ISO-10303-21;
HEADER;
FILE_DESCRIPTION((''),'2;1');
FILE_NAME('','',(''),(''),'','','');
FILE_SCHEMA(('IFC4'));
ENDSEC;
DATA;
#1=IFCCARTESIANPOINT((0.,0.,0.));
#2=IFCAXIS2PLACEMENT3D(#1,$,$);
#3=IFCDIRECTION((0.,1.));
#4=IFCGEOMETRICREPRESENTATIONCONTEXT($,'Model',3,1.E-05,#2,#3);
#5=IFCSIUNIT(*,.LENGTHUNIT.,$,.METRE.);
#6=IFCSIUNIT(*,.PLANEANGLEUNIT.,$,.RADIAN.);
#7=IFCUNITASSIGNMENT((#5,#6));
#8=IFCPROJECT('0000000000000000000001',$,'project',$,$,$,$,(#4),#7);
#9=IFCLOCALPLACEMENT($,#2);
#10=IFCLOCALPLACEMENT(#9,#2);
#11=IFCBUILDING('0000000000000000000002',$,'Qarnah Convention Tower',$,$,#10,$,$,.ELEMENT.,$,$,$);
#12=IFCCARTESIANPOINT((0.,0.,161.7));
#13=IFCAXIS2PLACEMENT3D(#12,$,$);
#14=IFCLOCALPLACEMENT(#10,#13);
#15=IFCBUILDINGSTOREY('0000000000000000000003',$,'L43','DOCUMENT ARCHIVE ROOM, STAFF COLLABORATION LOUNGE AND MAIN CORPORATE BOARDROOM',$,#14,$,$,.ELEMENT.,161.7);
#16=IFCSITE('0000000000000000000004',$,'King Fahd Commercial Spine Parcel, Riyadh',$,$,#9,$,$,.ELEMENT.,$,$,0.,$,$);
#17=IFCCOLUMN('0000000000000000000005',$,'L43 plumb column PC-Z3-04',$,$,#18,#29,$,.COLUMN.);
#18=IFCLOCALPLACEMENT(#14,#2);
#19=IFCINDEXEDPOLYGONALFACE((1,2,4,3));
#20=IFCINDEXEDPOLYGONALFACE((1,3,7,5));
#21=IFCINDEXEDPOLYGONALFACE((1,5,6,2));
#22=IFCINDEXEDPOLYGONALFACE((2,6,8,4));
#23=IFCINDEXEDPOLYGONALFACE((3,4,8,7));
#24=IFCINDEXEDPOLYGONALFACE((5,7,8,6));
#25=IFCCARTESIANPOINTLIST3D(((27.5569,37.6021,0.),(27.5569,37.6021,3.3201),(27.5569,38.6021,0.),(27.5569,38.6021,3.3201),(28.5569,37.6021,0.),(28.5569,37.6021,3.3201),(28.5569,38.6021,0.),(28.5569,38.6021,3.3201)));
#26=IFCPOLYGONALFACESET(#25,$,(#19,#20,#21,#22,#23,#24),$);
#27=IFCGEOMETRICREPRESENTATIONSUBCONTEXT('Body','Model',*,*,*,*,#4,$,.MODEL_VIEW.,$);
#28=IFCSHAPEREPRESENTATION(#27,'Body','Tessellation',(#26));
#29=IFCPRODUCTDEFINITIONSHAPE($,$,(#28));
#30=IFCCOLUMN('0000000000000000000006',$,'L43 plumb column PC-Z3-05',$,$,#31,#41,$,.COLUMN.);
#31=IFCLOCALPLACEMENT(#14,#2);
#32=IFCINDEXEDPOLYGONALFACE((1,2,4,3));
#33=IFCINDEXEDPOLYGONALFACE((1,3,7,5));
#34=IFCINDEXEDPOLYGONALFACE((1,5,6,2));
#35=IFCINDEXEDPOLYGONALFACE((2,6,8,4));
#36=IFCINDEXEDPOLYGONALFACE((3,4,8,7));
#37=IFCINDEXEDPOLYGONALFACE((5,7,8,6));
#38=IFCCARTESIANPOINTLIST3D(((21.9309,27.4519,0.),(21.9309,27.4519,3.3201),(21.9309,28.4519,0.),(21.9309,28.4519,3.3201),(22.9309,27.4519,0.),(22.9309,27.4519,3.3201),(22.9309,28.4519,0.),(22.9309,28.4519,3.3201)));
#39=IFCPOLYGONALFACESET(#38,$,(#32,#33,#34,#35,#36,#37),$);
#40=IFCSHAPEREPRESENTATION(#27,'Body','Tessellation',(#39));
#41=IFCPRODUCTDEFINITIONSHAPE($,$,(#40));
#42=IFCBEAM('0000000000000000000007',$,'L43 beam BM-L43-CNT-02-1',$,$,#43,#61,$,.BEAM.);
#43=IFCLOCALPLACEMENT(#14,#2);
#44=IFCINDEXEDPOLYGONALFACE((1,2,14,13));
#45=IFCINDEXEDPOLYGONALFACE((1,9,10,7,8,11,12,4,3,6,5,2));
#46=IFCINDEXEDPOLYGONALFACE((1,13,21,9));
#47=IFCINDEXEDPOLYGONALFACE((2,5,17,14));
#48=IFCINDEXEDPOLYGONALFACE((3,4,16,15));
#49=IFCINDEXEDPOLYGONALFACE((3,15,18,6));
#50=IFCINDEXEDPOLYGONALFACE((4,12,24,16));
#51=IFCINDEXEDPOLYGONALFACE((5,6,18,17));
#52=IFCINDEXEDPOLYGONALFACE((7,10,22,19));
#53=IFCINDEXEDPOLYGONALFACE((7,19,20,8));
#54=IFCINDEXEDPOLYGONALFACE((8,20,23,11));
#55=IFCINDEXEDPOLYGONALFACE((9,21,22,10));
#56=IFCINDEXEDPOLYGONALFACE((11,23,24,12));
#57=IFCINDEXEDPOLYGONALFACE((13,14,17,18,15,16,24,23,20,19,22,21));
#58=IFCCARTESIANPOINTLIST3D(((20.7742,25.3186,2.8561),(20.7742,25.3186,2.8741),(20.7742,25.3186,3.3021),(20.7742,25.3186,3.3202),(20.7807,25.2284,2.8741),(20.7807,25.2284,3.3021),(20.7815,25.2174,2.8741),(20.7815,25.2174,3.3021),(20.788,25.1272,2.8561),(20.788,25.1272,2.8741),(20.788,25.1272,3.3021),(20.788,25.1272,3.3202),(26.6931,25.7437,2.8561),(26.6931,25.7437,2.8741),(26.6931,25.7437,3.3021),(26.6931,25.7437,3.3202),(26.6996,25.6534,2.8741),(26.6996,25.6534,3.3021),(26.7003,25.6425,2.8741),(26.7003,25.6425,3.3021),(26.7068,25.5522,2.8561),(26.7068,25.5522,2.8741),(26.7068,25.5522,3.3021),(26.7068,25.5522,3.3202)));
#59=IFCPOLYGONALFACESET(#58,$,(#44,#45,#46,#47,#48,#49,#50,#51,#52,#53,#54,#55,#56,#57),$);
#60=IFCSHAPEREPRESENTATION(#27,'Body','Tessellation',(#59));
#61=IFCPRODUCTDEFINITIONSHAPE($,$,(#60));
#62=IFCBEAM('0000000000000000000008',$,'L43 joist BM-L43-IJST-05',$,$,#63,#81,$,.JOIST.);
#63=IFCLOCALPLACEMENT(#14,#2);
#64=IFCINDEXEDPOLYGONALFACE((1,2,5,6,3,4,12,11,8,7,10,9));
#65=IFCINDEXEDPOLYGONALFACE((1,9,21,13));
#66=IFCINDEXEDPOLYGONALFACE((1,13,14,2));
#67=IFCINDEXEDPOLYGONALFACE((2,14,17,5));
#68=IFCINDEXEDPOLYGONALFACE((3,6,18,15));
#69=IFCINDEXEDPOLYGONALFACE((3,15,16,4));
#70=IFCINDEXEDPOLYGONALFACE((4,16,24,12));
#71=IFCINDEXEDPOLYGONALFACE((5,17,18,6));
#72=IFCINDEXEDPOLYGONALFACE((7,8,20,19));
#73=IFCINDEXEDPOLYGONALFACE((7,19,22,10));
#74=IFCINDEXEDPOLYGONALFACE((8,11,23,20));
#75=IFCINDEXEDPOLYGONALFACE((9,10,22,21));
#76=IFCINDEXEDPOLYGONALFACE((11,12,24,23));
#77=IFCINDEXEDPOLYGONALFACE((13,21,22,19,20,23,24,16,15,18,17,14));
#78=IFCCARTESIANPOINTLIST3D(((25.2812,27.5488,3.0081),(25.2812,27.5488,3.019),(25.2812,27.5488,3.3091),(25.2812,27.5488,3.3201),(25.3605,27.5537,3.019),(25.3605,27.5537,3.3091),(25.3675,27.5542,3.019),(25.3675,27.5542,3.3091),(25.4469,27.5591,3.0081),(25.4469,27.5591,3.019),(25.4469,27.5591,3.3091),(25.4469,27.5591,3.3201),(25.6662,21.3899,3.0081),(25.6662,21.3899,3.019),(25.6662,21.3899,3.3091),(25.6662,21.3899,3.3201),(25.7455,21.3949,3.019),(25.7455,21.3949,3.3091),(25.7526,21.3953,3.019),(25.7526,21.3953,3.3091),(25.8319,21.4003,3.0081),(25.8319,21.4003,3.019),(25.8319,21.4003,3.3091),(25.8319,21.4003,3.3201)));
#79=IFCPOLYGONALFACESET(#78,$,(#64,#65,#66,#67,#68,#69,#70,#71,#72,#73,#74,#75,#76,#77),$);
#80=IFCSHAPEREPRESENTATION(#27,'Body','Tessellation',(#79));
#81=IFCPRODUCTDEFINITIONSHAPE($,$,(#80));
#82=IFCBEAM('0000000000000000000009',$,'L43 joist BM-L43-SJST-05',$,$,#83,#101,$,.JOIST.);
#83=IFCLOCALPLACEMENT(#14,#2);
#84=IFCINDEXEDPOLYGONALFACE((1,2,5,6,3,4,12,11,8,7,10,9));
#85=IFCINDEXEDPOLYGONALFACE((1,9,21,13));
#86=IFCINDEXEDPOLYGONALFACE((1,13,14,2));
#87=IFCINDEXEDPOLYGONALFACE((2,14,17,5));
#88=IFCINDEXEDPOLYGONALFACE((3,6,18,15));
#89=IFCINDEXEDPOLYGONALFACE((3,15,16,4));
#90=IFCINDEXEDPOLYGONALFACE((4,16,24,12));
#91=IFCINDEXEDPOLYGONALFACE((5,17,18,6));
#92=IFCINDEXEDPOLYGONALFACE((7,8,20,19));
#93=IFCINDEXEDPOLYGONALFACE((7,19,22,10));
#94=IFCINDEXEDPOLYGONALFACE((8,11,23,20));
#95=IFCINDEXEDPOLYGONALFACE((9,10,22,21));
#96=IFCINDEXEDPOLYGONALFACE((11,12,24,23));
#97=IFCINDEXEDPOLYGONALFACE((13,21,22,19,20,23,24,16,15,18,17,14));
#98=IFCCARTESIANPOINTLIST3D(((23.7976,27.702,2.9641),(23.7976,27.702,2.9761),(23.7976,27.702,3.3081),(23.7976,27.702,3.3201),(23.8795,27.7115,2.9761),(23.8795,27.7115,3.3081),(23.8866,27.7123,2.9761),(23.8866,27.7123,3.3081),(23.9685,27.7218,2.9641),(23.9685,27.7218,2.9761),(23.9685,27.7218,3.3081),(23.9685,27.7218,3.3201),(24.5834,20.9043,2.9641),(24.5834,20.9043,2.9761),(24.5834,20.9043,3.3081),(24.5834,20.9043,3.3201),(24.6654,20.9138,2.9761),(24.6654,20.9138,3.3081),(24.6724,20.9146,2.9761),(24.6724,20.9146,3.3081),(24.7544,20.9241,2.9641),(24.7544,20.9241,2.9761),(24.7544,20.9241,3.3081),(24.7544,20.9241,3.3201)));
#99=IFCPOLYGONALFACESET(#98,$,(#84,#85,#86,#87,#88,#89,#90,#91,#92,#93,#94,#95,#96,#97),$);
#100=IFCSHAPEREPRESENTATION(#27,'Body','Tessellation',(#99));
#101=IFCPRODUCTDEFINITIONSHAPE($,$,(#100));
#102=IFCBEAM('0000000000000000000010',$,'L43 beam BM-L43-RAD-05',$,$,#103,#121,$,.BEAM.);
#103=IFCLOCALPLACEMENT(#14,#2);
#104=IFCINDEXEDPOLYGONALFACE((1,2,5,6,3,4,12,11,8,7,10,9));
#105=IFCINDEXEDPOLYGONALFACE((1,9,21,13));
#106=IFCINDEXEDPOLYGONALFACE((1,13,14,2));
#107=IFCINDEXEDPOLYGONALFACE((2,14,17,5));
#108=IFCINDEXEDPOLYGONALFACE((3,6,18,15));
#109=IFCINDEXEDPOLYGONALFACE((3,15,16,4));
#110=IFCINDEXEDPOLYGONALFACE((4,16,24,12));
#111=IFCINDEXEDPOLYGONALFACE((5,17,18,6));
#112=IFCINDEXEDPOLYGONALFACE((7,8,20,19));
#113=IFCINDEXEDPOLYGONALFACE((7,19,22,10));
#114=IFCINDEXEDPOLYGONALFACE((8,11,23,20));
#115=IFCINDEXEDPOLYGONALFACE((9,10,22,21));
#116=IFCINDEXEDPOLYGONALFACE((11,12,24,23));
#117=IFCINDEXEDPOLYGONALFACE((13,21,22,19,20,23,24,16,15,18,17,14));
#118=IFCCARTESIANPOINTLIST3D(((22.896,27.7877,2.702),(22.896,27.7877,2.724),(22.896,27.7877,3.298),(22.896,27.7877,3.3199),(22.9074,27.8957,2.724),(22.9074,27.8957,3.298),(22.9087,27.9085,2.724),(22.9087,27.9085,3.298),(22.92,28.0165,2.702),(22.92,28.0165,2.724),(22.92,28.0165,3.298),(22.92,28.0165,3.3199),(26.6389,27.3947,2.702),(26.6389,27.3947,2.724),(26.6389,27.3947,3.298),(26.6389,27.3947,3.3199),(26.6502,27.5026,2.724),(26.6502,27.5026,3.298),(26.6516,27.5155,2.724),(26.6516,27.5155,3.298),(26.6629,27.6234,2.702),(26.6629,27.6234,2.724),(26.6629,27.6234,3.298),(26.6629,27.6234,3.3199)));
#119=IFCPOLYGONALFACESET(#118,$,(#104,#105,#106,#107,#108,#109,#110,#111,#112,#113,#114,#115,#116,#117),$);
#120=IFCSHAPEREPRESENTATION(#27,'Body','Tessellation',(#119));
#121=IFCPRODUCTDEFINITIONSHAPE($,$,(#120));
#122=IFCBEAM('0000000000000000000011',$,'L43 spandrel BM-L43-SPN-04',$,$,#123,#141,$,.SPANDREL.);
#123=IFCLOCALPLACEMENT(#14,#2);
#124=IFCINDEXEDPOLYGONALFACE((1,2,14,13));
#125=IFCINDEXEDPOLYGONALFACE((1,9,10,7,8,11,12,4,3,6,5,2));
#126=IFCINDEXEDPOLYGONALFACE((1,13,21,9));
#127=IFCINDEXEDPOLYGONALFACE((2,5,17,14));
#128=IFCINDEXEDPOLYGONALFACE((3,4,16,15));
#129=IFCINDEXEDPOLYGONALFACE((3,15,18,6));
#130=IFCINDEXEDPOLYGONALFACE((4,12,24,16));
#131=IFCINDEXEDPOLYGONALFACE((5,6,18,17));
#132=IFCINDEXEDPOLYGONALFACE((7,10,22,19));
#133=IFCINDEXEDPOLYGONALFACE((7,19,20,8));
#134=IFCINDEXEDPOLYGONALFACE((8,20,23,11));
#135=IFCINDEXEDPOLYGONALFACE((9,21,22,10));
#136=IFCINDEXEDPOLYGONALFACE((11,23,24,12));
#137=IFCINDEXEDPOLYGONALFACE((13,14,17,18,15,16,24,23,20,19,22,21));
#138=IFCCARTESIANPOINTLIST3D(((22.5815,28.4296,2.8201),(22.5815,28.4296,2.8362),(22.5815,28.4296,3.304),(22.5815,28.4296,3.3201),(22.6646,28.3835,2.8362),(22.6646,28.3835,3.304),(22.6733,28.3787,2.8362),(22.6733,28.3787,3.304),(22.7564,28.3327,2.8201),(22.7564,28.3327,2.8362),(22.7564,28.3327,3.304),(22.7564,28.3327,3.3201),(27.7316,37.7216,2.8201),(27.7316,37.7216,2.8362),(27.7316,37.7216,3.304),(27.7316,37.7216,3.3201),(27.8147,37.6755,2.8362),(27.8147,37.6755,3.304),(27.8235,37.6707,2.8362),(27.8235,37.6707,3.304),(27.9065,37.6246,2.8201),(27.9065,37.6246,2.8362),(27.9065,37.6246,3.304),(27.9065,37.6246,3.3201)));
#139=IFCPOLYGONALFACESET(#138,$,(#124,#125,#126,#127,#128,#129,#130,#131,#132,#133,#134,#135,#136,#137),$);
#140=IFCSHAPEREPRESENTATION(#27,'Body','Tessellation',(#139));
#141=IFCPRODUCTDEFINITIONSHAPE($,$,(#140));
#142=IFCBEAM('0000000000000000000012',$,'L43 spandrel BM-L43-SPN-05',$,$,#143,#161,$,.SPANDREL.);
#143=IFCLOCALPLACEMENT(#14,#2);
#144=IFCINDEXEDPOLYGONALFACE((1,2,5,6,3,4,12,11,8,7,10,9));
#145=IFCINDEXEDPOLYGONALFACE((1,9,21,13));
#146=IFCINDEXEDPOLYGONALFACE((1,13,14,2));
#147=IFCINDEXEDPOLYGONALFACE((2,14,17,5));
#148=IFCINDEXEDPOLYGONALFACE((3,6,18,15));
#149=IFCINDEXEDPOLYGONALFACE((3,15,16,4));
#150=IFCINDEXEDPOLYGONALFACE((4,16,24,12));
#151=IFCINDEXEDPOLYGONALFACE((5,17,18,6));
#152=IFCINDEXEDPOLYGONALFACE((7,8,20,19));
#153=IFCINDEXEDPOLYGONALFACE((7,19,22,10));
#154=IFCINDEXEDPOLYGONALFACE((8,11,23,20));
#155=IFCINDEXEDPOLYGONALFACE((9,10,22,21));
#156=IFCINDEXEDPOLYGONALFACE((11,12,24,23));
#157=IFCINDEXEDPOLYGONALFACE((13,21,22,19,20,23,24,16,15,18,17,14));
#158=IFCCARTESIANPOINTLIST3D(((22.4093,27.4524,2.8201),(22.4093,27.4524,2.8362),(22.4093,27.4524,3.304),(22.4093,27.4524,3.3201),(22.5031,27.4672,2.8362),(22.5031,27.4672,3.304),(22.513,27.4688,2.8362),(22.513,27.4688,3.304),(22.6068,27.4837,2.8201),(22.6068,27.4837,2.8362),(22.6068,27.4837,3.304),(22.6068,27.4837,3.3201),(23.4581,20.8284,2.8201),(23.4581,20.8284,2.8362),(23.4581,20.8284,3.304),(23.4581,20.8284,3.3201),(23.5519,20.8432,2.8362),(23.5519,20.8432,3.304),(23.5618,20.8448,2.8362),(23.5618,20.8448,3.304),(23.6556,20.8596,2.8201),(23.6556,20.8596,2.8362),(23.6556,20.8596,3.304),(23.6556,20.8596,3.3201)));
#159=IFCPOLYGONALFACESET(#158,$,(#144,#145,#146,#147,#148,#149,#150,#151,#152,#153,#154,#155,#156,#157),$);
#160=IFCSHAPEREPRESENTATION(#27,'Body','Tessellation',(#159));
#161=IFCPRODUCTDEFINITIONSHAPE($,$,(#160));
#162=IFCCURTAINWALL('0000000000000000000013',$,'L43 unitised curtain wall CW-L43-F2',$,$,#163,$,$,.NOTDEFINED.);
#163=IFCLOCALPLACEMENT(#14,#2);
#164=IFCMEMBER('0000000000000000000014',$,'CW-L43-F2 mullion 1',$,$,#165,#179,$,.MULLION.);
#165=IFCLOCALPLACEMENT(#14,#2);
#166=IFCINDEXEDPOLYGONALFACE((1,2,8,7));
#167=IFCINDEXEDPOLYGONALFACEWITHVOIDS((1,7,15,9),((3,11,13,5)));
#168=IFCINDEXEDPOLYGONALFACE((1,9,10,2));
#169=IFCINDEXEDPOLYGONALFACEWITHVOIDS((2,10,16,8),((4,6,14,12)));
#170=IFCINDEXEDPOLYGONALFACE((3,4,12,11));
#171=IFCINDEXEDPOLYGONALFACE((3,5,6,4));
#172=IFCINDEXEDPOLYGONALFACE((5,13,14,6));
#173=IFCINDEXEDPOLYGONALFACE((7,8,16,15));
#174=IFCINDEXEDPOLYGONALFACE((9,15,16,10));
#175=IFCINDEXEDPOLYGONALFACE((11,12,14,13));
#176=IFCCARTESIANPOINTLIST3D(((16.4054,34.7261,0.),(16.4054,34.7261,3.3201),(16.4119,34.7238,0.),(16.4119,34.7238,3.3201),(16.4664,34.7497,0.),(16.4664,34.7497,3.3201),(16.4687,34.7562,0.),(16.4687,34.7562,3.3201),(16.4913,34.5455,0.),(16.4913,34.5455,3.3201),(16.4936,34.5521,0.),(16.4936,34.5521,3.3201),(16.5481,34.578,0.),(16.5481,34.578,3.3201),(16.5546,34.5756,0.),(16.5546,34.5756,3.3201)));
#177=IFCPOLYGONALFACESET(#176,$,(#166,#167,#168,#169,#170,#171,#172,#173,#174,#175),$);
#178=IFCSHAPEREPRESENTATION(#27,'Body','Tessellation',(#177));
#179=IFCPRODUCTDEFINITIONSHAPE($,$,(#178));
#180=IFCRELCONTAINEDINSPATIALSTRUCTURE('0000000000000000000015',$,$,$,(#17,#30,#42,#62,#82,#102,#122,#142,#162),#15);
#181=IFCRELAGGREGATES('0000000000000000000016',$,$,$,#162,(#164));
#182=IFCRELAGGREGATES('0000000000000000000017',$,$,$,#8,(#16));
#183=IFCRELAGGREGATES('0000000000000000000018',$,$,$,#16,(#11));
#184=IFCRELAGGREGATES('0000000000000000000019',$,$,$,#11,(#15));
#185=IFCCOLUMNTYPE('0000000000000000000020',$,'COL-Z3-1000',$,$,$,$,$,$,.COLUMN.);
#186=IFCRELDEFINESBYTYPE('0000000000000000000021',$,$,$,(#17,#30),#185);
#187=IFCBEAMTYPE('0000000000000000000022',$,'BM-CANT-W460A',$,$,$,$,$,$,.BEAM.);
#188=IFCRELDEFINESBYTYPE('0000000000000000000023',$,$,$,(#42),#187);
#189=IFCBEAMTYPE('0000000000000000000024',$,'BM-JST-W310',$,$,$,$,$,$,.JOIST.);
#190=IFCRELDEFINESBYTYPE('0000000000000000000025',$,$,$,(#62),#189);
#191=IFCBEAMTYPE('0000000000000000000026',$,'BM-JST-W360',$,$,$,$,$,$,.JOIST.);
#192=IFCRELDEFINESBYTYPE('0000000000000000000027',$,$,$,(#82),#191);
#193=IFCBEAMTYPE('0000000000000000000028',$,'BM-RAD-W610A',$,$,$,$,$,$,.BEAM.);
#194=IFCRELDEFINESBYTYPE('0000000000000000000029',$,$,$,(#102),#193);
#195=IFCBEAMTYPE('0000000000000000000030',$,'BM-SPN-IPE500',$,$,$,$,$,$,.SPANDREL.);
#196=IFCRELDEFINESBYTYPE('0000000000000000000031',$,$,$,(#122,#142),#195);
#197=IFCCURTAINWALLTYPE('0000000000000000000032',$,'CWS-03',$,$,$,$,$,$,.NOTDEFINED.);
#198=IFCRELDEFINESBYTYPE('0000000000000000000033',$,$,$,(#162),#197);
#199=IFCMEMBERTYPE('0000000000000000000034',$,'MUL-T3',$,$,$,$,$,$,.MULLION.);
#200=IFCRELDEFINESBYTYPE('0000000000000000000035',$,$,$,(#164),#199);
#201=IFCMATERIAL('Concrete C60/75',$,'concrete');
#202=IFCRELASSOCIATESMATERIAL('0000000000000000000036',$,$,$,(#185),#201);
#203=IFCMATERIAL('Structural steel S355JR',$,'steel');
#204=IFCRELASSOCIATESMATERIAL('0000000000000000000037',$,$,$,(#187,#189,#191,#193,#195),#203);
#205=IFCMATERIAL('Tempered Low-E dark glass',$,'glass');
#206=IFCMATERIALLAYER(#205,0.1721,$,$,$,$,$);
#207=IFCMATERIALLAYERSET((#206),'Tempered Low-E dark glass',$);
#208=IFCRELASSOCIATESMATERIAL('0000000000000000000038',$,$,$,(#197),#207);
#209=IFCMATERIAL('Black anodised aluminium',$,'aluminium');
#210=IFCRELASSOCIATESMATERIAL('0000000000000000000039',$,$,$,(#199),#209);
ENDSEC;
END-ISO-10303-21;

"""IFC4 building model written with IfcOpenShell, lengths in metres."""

from ifc_helpers import new_model, si_unit, direction, frame, origin, origin_2d, place, context, subcontext, project, spatial, rectangle, hollow_rectangle, i_section, extrude, material, layer, layer_set, material_profile, profile_set, type_object, element, aggregate, save


model = new_model("IFC4")

# Units and contexts
model_context = context("Model", 3, precision=1e-05, world=origin(), true_north=direction((0.0, 1.0)))
body_context = subcontext(model_context, "Body", "Model", "MODEL_VIEW")
ifc_project = project(units=[si_unit("LENGTHUNIT", "METRE"), si_unit("PLANEANGLEUNIT", "RADIAN")], contexts=[model_context])

# Site, building, storey
site_placement = place(None, origin())
site = spatial("IfcSite", under=ifc_project, at=site_placement, Name="King Fahd Commercial Spine Parcel, Riyadh", CompositionType="ELEMENT", RefElevation=0.0)
building_placement = place(site_placement, origin())
building = spatial("IfcBuilding", under=site, at=building_placement, Name="Qarnah Convention Tower", CompositionType="ELEMENT")
storey_placement = place(building_placement, frame((0.0, 0.0, 161.7)))
storey = spatial("IfcBuildingStorey", under=building, at=storey_placement, Name="L43", Description="DOCUMENT ARCHIVE ROOM, STAFF COLLABORATION LOUNGE AND MAIN CORPORATE BOARDROOM", CompositionType="ELEMENT", Elevation=161.7)

# Columns
ifc_material_1 = material(Name="Concrete C60/75", Category="concrete")
ifc_material_profile_1 = material_profile(ifc_material_1, rectangle(XDim=1.0, YDim=1.0, at=origin_2d()), Name="RC-COL-1000X1000")
ifc_profile_set_1 = profile_set([ifc_material_profile_1], Name="Concrete C60/75")
column_type = type_object("IfcColumnType", Name="COL-Z3-1000", PredefinedType="COLUMN", material=ifc_profile_set_1)
for number, where, z_axis, x_axis, name in (
    (1, (28.0569, 38.1021, 0.0), (0.0, 0.0, 1.0), (1.0, 0.0, 0.0), "L43 plumb column PC-Z3-04"),
    (2, (22.4309, 27.9519, 0.0), (0.0, 0.0, 1.0), (1.0, 0.0, 0.0), "L43 plumb column PC-Z3-05"),
):
    element("IfcColumn", number, at=place(storey_placement, frame(where, z_axis=z_axis, x_axis=x_axis)), inside=storey, type_object=column_type, Name=name, PredefinedType="COLUMN", context=body_context, shape_type="SweptSolid", body=[
        extrude(rectangle(XDim=1.0, YDim=1.0, at=origin_2d()), origin(), (0.0, 0.0, 1.0), 3.3201),
    ])

# Beams
ifc_material_2 = material(Name="Structural steel S355JR", Category="steel")
ifc_material_profile_2 = material_profile(ifc_material_2, i_section(OverallWidth=0.1919, OverallDepth=0.4641, WebThickness=0.011, FlangeThickness=0.0181, at=origin_2d()), Name="W460X89")
ifc_profile_set_2 = profile_set([ifc_material_profile_2], Name="Structural steel S355JR")
beam_type_1 = type_object("IfcBeamType", Name="BM-CANT-W460A", PredefinedType="BEAM", material=ifc_profile_set_2)
beam_1_placement = place(storey_placement, frame((26.7, 25.6479, 3.0881), z_axis=(-0.997431, -0.071627, 0.0), x_axis=(0.071627, -0.997431, 0.0)))
element("IfcBeam", 3, at=beam_1_placement, inside=storey, type_object=beam_type_1, Name="L43 beam BM-L43-CNT-02-1", PredefinedType="BEAM", context=body_context, shape_type="SweptSolid", body=[
    extrude(i_section(OverallWidth=0.1919, OverallDepth=0.4641, WebThickness=0.011, FlangeThickness=0.0181, at=origin_2d()), origin(), (0.0, 0.0, 1.0), 5.9341),
])
ifc_material_profile_3 = material_profile(ifc_material_2, i_section(OverallWidth=0.166, OverallDepth=0.312, WebThickness=0.0071, FlangeThickness=0.011, at=origin_2d()), Name="W310X45")
ifc_profile_set_3 = profile_set([ifc_material_profile_3], Name="Structural steel S355JR")
beam_type_2 = type_object("IfcBeamType", Name="BM-JST-W310", PredefinedType="JOIST", material=ifc_profile_set_3)
beam_2_placement = place(storey_placement, frame((25.364, 27.554, 3.1641), z_axis=(0.062391, -0.998052, 0.0), x_axis=(0.998052, 0.062391, 0.0)))
element("IfcBeam", 4, at=beam_2_placement, inside=storey, type_object=beam_type_2, Name="L43 joist BM-L43-IJST-05", PredefinedType="JOIST", context=body_context, shape_type="SweptSolid", body=[
    extrude(i_section(OverallWidth=0.166, OverallDepth=0.312, WebThickness=0.0071, FlangeThickness=0.011, at=origin_2d()), origin(), (0.0, 0.0, 1.0), 6.1709),
])
ifc_material_profile_4 = material_profile(ifc_material_2, i_section(OverallWidth=0.1721, OverallDepth=0.356, WebThickness=0.0071, FlangeThickness=0.012, at=origin_2d()), Name="W360X51")
ifc_profile_set_4 = profile_set([ifc_material_profile_4], Name="Structural steel S355JR")
beam_type_3 = type_object("IfcBeamType", Name="BM-JST-W360", PredefinedType="JOIST", material=ifc_profile_set_4)
beam_3_placement = place(storey_placement, frame((23.8831, 27.7119, 3.1421), z_axis=(0.114843, -0.993384, 0.0), x_axis=(0.993384, 0.114843, 0.0)))
element("IfcBeam", 5, at=beam_3_placement, inside=storey, type_object=beam_type_3, Name="L43 joist BM-L43-SJST-05", PredefinedType="JOIST", context=body_context, shape_type="SweptSolid", body=[
    extrude(i_section(OverallWidth=0.1721, OverallDepth=0.356, WebThickness=0.0071, FlangeThickness=0.012, at=origin_2d()), origin(), (0.0, 0.0, 1.0), 6.843),
])
ifc_material_profile_5 = material_profile(ifc_material_2, i_section(OverallWidth=0.23, OverallDepth=0.6179, WebThickness=0.0129, FlangeThickness=0.022, at=origin_2d()), Name="W610X140")
ifc_profile_set_5 = profile_set([ifc_material_profile_5], Name="Structural steel S355JR")
beam_type_4 = type_object("IfcBeamType", Name="BM-RAD-W610A", PredefinedType="BEAM", material=ifc_profile_set_5)
beam_4_placement = place(storey_placement, frame((26.6509, 27.509, 3.011), z_axis=(-0.994531, 0.104442, 0.0), x_axis=(-0.104442, -0.994531, 0.0)))
element("IfcBeam", 6, at=beam_4_placement, inside=storey, type_object=beam_type_4, Name="L43 beam BM-L43-RAD-05", PredefinedType="BEAM", context=body_context, shape_type="SweptSolid", body=[
    extrude(i_section(OverallWidth=0.23, OverallDepth=0.6179, WebThickness=0.0129, FlangeThickness=0.022, at=origin_2d()), origin(), (0.0, 0.0, 1.0), 3.7634),
])
ifc_material_profile_6 = material_profile(ifc_material_2, i_section(OverallWidth=0.2, OverallDepth=0.5, WebThickness=0.01, FlangeThickness=0.0161, at=origin_2d()), Name="IPE500")
ifc_profile_set_6 = profile_set([ifc_material_profile_6], Name="Structural steel S355JR")
beam_type_5 = type_object("IfcBeamType", Name="BM-SPN-IPE500", PredefinedType="SPANDREL", material=ifc_profile_set_6)
beam_5_placement = place(storey_placement, frame((27.8191, 37.6731, 3.0701), z_axis=(-0.484774, -0.874639, 0.0), x_axis=(0.874639, -0.484774, 0.0)))
element("IfcBeam", 7, at=beam_5_placement, inside=storey, type_object=beam_type_5, Name="L43 spandrel BM-L43-SPN-04", PredefinedType="SPANDREL", context=body_context, shape_type="SweptSolid", body=[
    extrude(i_section(OverallWidth=0.2, OverallDepth=0.5, WebThickness=0.01, FlangeThickness=0.0161, at=origin_2d()), origin(), (0.0, 0.0, 1.0), 10.6238),
])
beam_6_placement = place(storey_placement, frame((22.5081, 27.468, 3.0701), z_axis=(0.156389, -0.987696, 0.0), x_axis=(0.987696, 0.156389, 0.0)))
element("IfcBeam", 8, at=beam_6_placement, inside=storey, type_object=beam_type_5, Name="L43 spandrel BM-L43-SPN-05", PredefinedType="SPANDREL", context=body_context, shape_type="SweptSolid", body=[
    extrude(i_section(OverallWidth=0.2, OverallDepth=0.5, WebThickness=0.01, FlangeThickness=0.0161, at=origin_2d()), origin(), (0.0, 0.0, 1.0), 6.7065),
])

# Curtain wall, member
ifc_material_3 = material(Name="Tempered Low-E dark glass", Category="glass")
ifc_layer_1 = layer(ifc_material_3, 0.1721)
ifc_layer_set_1 = layer_set([ifc_layer_1], Name="Tempered Low-E dark glass")
curtain_wall_type = type_object("IfcCurtainWallType", Name="CWS-03", PredefinedType="NOTDEFINED", material=ifc_layer_set_1)
curtain_wall_placement = place(storey_placement, origin())
curtain_wall = element("IfcCurtainWall", 9, at=curtain_wall_placement, inside=storey, type_object=curtain_wall_type, Name="L43 unitised curtain wall CW-L43-F2", PredefinedType="NOTDEFINED")
ifc_material_4 = material(Name="Black anodised aluminium", Category="aluminium")
ifc_material_profile_7 = material_profile(ifc_material_4, hollow_rectangle(XDim=0.0701, YDim=0.2, WallThickness=0.0049, at=origin_2d()), Name="MUL-70X200")
ifc_profile_set_7 = profile_set([ifc_material_profile_7], Name="Black anodised aluminium")
member_type_1 = type_object("IfcMemberType", Name="MUL-T3", PredefinedType="MULLION", material=ifc_profile_set_7)
member_1_placement = place(storey_placement, frame((16.48, 34.6509, 0.0), z_axis=(0.0, 0.0, 1.0), x_axis=(0.903049, 0.429537, 0.0)))
member_1 = element("IfcMember", 10, at=member_1_placement, type_object=member_type_1, Name="CW-L43-F2 mullion 1", PredefinedType="MULLION", context=body_context, shape_type="SweptSolid", body=[
    extrude(hollow_rectangle(XDim=0.0701, YDim=0.2, WallThickness=0.0049, at=origin_2d()), origin(), (0.0, 0.0, 1.0), 3.3201),
])
aggregate(curtain_wall, [member_1])

save(model, "model.ifc")
